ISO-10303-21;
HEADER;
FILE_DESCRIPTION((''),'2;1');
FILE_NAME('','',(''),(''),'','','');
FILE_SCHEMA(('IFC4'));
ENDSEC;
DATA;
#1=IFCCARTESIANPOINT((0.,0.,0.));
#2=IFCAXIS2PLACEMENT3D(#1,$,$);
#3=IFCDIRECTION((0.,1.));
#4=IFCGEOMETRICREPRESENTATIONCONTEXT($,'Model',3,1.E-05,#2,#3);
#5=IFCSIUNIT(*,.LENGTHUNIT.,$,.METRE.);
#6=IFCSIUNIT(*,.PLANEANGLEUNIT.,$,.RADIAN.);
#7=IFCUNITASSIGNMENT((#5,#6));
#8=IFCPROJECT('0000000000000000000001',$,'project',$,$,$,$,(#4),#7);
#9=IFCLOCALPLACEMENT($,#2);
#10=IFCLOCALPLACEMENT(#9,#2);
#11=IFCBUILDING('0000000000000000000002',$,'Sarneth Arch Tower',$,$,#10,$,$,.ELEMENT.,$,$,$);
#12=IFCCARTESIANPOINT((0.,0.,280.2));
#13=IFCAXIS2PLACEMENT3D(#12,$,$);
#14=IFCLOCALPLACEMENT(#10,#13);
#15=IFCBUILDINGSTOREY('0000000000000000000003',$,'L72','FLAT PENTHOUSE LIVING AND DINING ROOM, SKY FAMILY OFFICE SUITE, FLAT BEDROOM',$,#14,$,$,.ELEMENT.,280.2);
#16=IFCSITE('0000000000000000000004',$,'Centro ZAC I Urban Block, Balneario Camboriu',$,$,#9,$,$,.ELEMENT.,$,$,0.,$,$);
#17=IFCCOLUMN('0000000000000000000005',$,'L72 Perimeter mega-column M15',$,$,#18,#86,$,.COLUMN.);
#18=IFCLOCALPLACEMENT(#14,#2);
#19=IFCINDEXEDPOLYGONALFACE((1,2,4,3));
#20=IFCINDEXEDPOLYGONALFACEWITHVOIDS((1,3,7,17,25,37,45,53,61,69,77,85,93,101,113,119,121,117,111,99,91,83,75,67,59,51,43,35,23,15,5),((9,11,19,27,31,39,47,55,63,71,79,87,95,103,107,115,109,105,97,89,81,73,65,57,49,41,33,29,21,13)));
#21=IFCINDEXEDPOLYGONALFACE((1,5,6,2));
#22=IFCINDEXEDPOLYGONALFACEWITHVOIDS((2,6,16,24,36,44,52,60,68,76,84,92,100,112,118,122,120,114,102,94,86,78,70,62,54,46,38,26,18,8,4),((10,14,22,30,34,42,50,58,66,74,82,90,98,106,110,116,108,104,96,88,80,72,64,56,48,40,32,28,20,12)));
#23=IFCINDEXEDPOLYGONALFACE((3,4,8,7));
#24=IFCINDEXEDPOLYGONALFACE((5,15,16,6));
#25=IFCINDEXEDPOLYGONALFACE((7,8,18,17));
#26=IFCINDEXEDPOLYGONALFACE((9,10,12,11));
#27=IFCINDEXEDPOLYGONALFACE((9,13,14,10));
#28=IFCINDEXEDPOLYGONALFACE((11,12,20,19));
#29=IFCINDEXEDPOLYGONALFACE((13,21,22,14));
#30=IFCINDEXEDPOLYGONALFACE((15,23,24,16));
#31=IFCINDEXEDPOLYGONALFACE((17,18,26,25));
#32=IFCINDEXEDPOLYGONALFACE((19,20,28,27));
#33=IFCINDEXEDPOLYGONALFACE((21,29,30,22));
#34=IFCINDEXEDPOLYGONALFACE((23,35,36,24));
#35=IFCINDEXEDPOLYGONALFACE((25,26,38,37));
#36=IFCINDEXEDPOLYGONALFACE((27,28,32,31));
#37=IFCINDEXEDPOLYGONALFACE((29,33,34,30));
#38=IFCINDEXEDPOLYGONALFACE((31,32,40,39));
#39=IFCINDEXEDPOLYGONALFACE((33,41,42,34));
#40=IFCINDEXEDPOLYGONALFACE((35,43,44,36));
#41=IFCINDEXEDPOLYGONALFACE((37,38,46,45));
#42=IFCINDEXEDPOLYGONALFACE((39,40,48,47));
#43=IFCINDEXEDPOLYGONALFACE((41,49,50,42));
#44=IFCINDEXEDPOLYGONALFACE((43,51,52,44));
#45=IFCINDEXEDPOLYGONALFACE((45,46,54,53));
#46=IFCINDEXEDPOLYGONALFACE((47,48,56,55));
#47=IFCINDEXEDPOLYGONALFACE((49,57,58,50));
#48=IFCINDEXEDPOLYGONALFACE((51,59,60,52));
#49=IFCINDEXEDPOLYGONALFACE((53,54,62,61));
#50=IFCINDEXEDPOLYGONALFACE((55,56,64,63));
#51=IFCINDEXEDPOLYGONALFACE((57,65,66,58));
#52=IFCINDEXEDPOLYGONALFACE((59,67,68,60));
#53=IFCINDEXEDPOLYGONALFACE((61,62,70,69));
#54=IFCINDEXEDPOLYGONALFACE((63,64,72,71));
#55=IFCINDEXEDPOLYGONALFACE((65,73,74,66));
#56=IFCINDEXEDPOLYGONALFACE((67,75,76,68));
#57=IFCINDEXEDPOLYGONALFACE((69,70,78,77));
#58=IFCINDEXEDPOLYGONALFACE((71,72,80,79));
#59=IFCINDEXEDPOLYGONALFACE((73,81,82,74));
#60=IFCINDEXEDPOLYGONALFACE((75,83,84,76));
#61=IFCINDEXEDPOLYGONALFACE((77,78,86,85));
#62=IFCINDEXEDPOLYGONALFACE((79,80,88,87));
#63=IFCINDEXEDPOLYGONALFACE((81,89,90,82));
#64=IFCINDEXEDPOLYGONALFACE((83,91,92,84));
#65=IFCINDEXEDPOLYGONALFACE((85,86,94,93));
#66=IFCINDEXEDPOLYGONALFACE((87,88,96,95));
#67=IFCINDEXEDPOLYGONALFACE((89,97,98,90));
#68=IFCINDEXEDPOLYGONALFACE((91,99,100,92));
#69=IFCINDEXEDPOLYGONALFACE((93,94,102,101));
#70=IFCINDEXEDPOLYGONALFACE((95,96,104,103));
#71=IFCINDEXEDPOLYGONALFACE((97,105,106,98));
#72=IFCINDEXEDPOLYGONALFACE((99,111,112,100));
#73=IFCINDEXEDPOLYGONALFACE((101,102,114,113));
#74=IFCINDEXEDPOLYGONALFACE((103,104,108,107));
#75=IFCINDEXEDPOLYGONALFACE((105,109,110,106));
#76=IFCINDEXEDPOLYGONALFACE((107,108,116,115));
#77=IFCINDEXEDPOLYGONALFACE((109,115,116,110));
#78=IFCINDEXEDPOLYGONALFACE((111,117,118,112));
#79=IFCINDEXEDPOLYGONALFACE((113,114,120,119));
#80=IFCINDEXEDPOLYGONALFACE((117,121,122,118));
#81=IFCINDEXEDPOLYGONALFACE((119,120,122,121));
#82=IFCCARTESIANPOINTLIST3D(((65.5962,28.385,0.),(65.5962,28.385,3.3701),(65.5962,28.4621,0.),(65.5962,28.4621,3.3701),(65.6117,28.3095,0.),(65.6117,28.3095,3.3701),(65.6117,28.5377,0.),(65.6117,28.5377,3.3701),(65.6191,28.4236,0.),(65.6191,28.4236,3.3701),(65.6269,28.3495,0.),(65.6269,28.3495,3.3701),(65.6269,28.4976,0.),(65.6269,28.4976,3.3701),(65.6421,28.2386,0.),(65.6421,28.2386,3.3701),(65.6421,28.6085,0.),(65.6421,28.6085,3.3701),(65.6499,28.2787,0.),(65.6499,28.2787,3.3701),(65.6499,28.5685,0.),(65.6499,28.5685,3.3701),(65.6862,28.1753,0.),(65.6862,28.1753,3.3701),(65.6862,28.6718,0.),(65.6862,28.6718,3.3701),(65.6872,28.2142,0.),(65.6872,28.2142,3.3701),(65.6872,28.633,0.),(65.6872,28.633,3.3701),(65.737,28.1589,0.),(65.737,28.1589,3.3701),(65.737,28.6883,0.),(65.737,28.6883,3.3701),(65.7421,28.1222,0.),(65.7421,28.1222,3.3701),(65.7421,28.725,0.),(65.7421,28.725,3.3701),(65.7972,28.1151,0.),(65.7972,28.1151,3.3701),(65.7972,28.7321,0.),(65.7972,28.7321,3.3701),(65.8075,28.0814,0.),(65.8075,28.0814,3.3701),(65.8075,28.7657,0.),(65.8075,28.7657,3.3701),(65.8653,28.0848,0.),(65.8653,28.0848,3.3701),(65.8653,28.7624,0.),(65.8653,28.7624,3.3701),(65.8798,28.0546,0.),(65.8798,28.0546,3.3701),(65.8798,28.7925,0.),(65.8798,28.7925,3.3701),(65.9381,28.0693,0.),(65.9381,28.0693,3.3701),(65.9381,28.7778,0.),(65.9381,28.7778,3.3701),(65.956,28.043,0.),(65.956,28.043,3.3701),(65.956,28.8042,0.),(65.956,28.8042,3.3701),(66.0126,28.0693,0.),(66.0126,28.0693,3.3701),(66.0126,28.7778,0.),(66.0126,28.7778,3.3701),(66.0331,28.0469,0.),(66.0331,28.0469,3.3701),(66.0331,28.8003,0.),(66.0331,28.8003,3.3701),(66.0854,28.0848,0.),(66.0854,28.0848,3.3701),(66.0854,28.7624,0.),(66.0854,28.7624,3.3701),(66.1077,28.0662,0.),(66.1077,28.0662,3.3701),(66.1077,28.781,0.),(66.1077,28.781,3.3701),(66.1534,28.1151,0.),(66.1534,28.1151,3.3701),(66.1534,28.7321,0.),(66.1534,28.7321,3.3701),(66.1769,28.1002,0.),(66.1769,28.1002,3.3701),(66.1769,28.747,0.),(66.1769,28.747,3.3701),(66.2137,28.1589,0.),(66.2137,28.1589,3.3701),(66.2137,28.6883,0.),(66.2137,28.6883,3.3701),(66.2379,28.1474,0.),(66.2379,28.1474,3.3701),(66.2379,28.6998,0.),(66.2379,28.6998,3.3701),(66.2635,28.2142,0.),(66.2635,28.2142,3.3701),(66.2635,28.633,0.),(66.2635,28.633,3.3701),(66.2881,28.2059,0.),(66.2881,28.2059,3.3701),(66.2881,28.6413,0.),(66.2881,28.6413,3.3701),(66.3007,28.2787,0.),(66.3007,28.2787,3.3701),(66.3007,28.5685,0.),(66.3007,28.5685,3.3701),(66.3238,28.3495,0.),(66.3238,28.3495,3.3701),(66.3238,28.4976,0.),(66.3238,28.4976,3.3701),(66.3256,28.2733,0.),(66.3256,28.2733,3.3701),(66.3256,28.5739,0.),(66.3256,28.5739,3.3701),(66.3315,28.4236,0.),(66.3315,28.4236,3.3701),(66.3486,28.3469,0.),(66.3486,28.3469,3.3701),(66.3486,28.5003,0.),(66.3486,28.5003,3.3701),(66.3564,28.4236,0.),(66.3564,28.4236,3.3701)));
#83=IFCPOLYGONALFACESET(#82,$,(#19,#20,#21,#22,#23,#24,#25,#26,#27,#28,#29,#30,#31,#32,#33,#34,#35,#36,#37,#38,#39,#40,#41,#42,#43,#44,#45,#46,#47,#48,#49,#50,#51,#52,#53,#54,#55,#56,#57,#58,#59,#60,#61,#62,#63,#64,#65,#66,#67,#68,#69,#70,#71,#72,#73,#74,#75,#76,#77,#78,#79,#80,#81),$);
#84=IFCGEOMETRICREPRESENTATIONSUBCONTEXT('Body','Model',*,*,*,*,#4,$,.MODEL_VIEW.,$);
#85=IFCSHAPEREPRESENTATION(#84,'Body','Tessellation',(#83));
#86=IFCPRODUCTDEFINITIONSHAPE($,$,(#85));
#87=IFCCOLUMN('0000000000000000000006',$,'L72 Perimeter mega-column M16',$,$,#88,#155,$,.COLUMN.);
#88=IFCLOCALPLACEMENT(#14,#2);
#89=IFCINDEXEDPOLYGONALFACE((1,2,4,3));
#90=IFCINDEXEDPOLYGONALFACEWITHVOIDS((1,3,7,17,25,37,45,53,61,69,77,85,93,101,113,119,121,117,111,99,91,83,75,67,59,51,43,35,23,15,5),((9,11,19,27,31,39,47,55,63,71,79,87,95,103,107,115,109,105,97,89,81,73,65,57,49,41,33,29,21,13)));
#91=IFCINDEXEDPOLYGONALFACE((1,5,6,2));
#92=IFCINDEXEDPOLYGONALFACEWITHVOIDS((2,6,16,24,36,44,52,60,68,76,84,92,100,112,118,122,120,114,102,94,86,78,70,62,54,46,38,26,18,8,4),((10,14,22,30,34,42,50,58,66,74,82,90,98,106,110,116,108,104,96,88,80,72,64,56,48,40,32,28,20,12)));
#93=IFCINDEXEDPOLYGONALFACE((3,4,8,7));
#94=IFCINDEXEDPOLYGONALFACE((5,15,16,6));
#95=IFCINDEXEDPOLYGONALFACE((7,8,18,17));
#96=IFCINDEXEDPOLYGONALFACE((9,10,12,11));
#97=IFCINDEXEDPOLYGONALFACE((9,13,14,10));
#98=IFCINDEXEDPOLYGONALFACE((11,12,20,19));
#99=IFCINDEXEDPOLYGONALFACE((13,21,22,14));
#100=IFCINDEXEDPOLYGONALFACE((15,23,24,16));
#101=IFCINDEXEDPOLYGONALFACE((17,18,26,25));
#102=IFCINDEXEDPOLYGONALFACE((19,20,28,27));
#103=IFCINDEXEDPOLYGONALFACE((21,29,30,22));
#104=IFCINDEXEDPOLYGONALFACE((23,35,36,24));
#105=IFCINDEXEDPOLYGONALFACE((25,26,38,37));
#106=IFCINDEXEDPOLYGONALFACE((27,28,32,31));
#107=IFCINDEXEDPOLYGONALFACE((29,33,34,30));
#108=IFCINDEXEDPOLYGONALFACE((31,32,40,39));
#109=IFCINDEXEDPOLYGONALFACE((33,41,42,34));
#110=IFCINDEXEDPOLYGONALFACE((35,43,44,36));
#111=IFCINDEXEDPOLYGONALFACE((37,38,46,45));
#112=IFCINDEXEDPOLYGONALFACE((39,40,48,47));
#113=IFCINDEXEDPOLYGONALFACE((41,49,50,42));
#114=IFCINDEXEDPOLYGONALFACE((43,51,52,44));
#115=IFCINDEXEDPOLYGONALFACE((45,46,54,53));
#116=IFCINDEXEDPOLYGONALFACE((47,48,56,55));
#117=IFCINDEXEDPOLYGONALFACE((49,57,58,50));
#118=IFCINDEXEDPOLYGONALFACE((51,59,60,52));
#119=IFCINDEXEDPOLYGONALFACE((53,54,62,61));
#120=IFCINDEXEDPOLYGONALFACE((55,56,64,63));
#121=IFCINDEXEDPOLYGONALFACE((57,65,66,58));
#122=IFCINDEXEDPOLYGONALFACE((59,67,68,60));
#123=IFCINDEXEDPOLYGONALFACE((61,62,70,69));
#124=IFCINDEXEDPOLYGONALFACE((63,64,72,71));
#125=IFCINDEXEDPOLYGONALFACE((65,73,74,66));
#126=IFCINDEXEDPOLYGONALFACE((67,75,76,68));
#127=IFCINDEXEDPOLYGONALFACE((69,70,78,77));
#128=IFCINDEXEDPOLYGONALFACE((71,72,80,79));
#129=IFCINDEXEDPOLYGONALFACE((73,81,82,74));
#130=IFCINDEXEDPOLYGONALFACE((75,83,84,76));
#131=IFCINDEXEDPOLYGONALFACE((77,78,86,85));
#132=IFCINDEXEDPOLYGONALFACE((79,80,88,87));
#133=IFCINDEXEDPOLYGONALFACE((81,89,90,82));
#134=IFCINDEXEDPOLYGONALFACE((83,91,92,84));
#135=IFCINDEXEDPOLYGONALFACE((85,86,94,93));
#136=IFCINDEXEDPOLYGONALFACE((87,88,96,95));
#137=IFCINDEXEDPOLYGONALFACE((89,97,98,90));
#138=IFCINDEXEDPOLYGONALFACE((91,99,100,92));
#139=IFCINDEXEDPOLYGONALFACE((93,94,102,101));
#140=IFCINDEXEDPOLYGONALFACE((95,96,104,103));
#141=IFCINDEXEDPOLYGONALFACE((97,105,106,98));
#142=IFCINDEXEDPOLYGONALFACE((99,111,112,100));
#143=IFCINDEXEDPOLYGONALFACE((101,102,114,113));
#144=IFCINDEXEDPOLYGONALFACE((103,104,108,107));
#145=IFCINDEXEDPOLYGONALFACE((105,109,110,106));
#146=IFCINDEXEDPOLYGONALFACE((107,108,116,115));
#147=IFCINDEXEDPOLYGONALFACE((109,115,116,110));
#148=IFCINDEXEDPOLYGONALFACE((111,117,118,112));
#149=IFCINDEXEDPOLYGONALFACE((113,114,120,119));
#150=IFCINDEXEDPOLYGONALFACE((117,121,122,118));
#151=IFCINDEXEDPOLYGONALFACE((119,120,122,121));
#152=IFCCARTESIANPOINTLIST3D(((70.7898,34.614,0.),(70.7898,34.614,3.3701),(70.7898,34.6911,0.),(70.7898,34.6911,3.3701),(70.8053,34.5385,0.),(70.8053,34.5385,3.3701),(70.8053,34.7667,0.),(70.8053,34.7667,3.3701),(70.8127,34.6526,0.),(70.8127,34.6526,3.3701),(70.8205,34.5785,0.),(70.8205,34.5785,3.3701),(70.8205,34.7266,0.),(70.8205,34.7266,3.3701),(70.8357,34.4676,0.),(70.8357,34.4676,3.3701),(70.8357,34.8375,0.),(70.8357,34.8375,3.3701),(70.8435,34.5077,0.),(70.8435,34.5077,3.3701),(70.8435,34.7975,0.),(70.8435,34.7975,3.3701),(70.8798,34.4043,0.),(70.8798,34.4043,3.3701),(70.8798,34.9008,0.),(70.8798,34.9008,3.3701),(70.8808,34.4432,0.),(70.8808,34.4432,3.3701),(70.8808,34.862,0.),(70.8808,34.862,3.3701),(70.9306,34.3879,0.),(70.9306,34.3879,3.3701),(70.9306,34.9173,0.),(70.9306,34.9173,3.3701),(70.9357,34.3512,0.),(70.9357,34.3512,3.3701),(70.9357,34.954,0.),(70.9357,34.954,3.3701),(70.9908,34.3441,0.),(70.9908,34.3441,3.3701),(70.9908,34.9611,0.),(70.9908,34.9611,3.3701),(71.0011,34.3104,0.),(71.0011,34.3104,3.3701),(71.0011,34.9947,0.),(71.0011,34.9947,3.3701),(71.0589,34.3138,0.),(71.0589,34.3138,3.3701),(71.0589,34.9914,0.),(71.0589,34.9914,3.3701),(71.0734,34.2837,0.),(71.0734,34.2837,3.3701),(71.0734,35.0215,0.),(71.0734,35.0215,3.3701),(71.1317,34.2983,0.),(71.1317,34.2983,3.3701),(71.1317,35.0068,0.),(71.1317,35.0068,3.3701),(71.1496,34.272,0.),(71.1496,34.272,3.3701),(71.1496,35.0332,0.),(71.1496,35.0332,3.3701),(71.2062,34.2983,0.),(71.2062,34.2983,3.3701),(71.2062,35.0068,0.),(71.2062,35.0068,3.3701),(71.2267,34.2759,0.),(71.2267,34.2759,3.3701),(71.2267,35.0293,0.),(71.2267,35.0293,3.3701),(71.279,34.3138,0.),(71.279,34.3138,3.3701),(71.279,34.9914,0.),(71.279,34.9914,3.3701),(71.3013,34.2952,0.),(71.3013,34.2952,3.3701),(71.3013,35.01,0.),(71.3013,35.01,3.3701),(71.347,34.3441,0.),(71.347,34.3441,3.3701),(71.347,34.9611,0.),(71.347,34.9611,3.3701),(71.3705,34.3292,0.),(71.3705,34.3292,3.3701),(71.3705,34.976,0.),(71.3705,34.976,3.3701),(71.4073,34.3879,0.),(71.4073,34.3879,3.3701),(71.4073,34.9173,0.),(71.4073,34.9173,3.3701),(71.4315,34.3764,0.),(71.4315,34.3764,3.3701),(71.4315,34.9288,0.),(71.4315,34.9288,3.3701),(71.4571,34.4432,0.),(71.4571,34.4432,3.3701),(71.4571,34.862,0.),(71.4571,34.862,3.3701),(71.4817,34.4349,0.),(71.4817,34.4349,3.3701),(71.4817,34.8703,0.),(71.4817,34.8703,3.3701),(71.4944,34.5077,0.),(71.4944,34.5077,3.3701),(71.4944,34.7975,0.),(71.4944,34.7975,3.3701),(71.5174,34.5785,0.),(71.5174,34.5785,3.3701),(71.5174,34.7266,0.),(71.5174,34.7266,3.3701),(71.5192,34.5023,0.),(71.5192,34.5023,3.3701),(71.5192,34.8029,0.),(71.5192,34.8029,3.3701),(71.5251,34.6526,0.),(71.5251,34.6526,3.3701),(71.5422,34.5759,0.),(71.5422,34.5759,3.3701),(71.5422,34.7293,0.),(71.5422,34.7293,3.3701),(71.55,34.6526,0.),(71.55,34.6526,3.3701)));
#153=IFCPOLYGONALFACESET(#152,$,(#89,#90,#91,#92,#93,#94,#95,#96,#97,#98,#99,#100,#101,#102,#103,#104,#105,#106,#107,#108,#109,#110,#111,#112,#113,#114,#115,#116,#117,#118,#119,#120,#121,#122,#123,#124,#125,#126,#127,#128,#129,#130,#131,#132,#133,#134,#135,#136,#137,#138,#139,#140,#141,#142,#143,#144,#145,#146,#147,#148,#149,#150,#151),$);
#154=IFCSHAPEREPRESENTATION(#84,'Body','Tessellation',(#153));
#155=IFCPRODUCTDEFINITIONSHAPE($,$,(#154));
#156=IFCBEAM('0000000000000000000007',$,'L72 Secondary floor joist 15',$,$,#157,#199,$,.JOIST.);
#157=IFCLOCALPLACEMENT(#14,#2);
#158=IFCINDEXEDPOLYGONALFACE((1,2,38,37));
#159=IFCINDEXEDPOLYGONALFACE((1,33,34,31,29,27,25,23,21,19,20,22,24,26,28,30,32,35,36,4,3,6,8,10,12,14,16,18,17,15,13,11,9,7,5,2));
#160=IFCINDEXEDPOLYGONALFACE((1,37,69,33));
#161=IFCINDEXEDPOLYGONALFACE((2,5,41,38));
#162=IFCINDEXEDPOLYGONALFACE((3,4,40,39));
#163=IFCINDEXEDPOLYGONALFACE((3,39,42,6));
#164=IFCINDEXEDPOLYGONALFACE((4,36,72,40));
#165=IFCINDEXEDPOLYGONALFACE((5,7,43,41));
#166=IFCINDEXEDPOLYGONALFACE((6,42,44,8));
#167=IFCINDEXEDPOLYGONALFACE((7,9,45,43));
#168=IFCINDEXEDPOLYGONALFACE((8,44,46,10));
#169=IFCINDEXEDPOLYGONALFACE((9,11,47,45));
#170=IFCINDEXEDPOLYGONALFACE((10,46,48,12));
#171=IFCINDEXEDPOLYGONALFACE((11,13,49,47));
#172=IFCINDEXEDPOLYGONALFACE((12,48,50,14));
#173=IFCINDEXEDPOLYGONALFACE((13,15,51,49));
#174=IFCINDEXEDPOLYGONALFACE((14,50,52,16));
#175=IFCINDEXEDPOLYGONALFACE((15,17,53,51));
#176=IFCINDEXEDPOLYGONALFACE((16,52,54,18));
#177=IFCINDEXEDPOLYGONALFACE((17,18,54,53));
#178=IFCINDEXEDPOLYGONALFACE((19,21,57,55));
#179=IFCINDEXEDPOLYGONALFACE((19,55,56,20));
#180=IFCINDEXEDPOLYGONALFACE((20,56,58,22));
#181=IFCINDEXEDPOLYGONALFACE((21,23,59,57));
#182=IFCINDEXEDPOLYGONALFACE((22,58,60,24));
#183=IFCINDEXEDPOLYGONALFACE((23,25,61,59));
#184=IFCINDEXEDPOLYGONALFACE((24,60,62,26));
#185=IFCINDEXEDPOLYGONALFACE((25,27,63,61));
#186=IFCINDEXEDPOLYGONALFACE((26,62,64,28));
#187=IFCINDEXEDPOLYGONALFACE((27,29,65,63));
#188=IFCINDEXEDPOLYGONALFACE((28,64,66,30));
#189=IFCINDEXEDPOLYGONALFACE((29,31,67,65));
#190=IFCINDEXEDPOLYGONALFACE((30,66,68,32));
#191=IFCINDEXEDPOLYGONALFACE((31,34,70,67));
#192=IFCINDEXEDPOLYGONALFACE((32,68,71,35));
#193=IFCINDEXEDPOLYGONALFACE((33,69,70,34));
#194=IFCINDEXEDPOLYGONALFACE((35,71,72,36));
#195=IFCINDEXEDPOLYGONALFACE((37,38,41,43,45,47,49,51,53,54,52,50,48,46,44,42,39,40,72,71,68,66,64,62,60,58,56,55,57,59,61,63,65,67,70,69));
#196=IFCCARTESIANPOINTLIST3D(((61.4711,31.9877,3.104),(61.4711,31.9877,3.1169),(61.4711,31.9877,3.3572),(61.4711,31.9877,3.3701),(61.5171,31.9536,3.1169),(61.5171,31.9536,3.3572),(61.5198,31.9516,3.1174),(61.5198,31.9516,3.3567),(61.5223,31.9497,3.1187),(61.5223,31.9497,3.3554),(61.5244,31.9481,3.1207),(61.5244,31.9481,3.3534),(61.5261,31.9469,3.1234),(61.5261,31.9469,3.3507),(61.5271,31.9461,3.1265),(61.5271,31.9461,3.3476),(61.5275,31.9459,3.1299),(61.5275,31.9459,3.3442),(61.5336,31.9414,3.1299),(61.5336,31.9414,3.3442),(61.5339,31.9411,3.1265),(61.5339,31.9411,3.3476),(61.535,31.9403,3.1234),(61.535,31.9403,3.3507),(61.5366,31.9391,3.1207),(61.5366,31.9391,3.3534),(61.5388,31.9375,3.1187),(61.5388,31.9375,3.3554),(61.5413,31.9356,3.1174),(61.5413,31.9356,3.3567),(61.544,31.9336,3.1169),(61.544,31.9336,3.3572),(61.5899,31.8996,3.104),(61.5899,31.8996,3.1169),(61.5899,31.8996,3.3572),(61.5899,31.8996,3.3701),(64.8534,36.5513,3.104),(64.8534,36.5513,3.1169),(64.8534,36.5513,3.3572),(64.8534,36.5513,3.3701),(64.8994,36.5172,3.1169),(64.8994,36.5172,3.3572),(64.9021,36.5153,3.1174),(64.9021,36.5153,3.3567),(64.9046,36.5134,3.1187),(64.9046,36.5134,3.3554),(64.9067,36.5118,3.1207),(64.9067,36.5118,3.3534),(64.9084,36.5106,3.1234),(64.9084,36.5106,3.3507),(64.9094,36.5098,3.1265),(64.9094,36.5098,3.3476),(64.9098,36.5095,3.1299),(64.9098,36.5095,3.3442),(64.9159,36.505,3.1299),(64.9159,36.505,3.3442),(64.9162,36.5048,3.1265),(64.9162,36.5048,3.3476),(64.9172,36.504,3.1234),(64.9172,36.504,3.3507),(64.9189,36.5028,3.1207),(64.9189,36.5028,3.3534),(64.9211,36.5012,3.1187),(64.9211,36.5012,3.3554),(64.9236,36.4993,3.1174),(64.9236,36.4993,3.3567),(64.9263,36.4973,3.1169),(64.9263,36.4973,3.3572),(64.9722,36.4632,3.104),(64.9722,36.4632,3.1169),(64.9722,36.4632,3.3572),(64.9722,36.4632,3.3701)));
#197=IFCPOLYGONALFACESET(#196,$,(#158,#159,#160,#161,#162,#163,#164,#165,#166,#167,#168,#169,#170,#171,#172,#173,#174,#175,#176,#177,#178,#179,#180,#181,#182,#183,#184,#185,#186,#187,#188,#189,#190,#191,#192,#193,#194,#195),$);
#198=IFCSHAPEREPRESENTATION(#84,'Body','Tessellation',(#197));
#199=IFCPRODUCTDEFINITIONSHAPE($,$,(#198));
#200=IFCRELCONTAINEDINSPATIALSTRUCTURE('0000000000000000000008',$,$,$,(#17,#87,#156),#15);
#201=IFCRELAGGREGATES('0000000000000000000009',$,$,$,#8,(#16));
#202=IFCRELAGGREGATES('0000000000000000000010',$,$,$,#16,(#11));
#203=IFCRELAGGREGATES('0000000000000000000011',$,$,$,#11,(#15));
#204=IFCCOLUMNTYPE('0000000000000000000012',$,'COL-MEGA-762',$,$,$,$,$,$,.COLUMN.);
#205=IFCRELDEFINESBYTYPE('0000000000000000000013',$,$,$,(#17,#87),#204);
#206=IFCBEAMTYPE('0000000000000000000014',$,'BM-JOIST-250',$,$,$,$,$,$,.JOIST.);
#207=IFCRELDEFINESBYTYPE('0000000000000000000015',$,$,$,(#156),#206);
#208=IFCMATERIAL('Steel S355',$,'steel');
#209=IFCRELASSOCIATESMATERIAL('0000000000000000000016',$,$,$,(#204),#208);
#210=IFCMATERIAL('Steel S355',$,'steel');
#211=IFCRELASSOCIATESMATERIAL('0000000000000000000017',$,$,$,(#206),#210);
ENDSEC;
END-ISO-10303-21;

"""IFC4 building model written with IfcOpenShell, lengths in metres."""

from ifc_helpers import new_model, si_unit, direction, frame, origin, origin_2d, place, context, subcontext, project, spatial, hollow_circle, i_section, extrude, material, material_profile, profile_set, type_object, element, save


model = new_model("IFC4")

# Units and contexts
model_context = context("Model", 3, precision=1e-05, world=origin(), true_north=direction((0.0, 1.0)))
body_context = subcontext(model_context, "Body", "Model", "MODEL_VIEW")
ifc_project = project(units=[si_unit("LENGTHUNIT", "METRE"), si_unit("PLANEANGLEUNIT", "RADIAN")], contexts=[model_context])

# Site, building, storey
site_placement = place(None, origin())
site = spatial("IfcSite", under=ifc_project, at=site_placement, Name="Centro ZAC I Urban Block, Balneario Camboriu", CompositionType="ELEMENT", RefElevation=0.0)
building_placement = place(site_placement, origin())
building = spatial("IfcBuilding", under=site, at=building_placement, Name="Sarneth Arch Tower", CompositionType="ELEMENT")
storey_placement = place(building_placement, frame((0.0, 0.0, 280.2)))
storey = spatial("IfcBuildingStorey", under=building, at=storey_placement, Name="L72", Description="FLAT PENTHOUSE LIVING AND DINING ROOM, SKY FAMILY OFFICE SUITE, FLAT BEDROOM", CompositionType="ELEMENT", Elevation=280.2)

# Columns
ifc_material_1 = material(Name="Steel S355", Category="steel")
ifc_material_profile_1 = material_profile(ifc_material_1, hollow_circle(Radius=0.3811, WallThickness=0.0249, at=origin_2d()), Name="CHS762x25")
ifc_profile_set_1 = profile_set([ifc_material_profile_1], Name="Steel S355")
column_type = type_object("IfcColumnType", Name="COL-MEGA-762", PredefinedType="COLUMN", material=ifc_profile_set_1)
for number, where, z_axis, x_axis, name in (
    (1, (65.9753, 28.4236, 0.0), (0.0, 0.0, 1.0), (1.0, 0.0, 0.0), "L72 Perimeter mega-column M15"),
    (2, (71.1689, 34.6526, 0.0), (0.0, 0.0, 1.0), (1.0, 0.0, 0.0), "L72 Perimeter mega-column M16"),
):
    element("IfcColumn", number, at=place(storey_placement, frame(where, z_axis=z_axis, x_axis=x_axis)), inside=storey, type_object=column_type, Name=name, PredefinedType="COLUMN", context=body_context, shape_type="SweptSolid", body=[
        extrude(hollow_circle(Radius=0.3811, WallThickness=0.0249, at=origin_2d()), origin(), (0.0, 0.0, 1.0), 3.3701),
    ])

# Beam
ifc_material_2 = material(Name="Steel S355", Category="steel")
ifc_material_profile_2 = material_profile(ifc_material_2, i_section(OverallWidth=0.1479, OverallDepth=0.2661, WebThickness=0.0076, FlangeThickness=0.0129, FilletRadius=0.0129, at=origin_2d()), Name="W250x44.8")
ifc_profile_set_2 = profile_set([ifc_material_profile_2], Name="Steel S355")
beam_type_1 = type_object("IfcBeamType", Name="BM-JOIST-250", PredefinedType="JOIST", material=ifc_profile_set_2)
beam_1_placement = place(storey_placement, frame((61.5305, 31.9436, 3.2371), z_axis=(0.595431, 0.803406, 0.0), x_axis=(-0.803406, 0.595431, 0.0)))
element("IfcBeam", 3, at=beam_1_placement, inside=storey, type_object=beam_type_1, Name="L72 Secondary floor joist 15", PredefinedType="JOIST", context=body_context, shape_type="SweptSolid", body=[
    extrude(i_section(OverallWidth=0.1479, OverallDepth=0.2661, WebThickness=0.0076, FlangeThickness=0.0129, FilletRadius=0.0129, at=origin_2d()), origin(), (0.0, 0.0, 1.0), 5.6804),
])

save(model, "model.ifc")
